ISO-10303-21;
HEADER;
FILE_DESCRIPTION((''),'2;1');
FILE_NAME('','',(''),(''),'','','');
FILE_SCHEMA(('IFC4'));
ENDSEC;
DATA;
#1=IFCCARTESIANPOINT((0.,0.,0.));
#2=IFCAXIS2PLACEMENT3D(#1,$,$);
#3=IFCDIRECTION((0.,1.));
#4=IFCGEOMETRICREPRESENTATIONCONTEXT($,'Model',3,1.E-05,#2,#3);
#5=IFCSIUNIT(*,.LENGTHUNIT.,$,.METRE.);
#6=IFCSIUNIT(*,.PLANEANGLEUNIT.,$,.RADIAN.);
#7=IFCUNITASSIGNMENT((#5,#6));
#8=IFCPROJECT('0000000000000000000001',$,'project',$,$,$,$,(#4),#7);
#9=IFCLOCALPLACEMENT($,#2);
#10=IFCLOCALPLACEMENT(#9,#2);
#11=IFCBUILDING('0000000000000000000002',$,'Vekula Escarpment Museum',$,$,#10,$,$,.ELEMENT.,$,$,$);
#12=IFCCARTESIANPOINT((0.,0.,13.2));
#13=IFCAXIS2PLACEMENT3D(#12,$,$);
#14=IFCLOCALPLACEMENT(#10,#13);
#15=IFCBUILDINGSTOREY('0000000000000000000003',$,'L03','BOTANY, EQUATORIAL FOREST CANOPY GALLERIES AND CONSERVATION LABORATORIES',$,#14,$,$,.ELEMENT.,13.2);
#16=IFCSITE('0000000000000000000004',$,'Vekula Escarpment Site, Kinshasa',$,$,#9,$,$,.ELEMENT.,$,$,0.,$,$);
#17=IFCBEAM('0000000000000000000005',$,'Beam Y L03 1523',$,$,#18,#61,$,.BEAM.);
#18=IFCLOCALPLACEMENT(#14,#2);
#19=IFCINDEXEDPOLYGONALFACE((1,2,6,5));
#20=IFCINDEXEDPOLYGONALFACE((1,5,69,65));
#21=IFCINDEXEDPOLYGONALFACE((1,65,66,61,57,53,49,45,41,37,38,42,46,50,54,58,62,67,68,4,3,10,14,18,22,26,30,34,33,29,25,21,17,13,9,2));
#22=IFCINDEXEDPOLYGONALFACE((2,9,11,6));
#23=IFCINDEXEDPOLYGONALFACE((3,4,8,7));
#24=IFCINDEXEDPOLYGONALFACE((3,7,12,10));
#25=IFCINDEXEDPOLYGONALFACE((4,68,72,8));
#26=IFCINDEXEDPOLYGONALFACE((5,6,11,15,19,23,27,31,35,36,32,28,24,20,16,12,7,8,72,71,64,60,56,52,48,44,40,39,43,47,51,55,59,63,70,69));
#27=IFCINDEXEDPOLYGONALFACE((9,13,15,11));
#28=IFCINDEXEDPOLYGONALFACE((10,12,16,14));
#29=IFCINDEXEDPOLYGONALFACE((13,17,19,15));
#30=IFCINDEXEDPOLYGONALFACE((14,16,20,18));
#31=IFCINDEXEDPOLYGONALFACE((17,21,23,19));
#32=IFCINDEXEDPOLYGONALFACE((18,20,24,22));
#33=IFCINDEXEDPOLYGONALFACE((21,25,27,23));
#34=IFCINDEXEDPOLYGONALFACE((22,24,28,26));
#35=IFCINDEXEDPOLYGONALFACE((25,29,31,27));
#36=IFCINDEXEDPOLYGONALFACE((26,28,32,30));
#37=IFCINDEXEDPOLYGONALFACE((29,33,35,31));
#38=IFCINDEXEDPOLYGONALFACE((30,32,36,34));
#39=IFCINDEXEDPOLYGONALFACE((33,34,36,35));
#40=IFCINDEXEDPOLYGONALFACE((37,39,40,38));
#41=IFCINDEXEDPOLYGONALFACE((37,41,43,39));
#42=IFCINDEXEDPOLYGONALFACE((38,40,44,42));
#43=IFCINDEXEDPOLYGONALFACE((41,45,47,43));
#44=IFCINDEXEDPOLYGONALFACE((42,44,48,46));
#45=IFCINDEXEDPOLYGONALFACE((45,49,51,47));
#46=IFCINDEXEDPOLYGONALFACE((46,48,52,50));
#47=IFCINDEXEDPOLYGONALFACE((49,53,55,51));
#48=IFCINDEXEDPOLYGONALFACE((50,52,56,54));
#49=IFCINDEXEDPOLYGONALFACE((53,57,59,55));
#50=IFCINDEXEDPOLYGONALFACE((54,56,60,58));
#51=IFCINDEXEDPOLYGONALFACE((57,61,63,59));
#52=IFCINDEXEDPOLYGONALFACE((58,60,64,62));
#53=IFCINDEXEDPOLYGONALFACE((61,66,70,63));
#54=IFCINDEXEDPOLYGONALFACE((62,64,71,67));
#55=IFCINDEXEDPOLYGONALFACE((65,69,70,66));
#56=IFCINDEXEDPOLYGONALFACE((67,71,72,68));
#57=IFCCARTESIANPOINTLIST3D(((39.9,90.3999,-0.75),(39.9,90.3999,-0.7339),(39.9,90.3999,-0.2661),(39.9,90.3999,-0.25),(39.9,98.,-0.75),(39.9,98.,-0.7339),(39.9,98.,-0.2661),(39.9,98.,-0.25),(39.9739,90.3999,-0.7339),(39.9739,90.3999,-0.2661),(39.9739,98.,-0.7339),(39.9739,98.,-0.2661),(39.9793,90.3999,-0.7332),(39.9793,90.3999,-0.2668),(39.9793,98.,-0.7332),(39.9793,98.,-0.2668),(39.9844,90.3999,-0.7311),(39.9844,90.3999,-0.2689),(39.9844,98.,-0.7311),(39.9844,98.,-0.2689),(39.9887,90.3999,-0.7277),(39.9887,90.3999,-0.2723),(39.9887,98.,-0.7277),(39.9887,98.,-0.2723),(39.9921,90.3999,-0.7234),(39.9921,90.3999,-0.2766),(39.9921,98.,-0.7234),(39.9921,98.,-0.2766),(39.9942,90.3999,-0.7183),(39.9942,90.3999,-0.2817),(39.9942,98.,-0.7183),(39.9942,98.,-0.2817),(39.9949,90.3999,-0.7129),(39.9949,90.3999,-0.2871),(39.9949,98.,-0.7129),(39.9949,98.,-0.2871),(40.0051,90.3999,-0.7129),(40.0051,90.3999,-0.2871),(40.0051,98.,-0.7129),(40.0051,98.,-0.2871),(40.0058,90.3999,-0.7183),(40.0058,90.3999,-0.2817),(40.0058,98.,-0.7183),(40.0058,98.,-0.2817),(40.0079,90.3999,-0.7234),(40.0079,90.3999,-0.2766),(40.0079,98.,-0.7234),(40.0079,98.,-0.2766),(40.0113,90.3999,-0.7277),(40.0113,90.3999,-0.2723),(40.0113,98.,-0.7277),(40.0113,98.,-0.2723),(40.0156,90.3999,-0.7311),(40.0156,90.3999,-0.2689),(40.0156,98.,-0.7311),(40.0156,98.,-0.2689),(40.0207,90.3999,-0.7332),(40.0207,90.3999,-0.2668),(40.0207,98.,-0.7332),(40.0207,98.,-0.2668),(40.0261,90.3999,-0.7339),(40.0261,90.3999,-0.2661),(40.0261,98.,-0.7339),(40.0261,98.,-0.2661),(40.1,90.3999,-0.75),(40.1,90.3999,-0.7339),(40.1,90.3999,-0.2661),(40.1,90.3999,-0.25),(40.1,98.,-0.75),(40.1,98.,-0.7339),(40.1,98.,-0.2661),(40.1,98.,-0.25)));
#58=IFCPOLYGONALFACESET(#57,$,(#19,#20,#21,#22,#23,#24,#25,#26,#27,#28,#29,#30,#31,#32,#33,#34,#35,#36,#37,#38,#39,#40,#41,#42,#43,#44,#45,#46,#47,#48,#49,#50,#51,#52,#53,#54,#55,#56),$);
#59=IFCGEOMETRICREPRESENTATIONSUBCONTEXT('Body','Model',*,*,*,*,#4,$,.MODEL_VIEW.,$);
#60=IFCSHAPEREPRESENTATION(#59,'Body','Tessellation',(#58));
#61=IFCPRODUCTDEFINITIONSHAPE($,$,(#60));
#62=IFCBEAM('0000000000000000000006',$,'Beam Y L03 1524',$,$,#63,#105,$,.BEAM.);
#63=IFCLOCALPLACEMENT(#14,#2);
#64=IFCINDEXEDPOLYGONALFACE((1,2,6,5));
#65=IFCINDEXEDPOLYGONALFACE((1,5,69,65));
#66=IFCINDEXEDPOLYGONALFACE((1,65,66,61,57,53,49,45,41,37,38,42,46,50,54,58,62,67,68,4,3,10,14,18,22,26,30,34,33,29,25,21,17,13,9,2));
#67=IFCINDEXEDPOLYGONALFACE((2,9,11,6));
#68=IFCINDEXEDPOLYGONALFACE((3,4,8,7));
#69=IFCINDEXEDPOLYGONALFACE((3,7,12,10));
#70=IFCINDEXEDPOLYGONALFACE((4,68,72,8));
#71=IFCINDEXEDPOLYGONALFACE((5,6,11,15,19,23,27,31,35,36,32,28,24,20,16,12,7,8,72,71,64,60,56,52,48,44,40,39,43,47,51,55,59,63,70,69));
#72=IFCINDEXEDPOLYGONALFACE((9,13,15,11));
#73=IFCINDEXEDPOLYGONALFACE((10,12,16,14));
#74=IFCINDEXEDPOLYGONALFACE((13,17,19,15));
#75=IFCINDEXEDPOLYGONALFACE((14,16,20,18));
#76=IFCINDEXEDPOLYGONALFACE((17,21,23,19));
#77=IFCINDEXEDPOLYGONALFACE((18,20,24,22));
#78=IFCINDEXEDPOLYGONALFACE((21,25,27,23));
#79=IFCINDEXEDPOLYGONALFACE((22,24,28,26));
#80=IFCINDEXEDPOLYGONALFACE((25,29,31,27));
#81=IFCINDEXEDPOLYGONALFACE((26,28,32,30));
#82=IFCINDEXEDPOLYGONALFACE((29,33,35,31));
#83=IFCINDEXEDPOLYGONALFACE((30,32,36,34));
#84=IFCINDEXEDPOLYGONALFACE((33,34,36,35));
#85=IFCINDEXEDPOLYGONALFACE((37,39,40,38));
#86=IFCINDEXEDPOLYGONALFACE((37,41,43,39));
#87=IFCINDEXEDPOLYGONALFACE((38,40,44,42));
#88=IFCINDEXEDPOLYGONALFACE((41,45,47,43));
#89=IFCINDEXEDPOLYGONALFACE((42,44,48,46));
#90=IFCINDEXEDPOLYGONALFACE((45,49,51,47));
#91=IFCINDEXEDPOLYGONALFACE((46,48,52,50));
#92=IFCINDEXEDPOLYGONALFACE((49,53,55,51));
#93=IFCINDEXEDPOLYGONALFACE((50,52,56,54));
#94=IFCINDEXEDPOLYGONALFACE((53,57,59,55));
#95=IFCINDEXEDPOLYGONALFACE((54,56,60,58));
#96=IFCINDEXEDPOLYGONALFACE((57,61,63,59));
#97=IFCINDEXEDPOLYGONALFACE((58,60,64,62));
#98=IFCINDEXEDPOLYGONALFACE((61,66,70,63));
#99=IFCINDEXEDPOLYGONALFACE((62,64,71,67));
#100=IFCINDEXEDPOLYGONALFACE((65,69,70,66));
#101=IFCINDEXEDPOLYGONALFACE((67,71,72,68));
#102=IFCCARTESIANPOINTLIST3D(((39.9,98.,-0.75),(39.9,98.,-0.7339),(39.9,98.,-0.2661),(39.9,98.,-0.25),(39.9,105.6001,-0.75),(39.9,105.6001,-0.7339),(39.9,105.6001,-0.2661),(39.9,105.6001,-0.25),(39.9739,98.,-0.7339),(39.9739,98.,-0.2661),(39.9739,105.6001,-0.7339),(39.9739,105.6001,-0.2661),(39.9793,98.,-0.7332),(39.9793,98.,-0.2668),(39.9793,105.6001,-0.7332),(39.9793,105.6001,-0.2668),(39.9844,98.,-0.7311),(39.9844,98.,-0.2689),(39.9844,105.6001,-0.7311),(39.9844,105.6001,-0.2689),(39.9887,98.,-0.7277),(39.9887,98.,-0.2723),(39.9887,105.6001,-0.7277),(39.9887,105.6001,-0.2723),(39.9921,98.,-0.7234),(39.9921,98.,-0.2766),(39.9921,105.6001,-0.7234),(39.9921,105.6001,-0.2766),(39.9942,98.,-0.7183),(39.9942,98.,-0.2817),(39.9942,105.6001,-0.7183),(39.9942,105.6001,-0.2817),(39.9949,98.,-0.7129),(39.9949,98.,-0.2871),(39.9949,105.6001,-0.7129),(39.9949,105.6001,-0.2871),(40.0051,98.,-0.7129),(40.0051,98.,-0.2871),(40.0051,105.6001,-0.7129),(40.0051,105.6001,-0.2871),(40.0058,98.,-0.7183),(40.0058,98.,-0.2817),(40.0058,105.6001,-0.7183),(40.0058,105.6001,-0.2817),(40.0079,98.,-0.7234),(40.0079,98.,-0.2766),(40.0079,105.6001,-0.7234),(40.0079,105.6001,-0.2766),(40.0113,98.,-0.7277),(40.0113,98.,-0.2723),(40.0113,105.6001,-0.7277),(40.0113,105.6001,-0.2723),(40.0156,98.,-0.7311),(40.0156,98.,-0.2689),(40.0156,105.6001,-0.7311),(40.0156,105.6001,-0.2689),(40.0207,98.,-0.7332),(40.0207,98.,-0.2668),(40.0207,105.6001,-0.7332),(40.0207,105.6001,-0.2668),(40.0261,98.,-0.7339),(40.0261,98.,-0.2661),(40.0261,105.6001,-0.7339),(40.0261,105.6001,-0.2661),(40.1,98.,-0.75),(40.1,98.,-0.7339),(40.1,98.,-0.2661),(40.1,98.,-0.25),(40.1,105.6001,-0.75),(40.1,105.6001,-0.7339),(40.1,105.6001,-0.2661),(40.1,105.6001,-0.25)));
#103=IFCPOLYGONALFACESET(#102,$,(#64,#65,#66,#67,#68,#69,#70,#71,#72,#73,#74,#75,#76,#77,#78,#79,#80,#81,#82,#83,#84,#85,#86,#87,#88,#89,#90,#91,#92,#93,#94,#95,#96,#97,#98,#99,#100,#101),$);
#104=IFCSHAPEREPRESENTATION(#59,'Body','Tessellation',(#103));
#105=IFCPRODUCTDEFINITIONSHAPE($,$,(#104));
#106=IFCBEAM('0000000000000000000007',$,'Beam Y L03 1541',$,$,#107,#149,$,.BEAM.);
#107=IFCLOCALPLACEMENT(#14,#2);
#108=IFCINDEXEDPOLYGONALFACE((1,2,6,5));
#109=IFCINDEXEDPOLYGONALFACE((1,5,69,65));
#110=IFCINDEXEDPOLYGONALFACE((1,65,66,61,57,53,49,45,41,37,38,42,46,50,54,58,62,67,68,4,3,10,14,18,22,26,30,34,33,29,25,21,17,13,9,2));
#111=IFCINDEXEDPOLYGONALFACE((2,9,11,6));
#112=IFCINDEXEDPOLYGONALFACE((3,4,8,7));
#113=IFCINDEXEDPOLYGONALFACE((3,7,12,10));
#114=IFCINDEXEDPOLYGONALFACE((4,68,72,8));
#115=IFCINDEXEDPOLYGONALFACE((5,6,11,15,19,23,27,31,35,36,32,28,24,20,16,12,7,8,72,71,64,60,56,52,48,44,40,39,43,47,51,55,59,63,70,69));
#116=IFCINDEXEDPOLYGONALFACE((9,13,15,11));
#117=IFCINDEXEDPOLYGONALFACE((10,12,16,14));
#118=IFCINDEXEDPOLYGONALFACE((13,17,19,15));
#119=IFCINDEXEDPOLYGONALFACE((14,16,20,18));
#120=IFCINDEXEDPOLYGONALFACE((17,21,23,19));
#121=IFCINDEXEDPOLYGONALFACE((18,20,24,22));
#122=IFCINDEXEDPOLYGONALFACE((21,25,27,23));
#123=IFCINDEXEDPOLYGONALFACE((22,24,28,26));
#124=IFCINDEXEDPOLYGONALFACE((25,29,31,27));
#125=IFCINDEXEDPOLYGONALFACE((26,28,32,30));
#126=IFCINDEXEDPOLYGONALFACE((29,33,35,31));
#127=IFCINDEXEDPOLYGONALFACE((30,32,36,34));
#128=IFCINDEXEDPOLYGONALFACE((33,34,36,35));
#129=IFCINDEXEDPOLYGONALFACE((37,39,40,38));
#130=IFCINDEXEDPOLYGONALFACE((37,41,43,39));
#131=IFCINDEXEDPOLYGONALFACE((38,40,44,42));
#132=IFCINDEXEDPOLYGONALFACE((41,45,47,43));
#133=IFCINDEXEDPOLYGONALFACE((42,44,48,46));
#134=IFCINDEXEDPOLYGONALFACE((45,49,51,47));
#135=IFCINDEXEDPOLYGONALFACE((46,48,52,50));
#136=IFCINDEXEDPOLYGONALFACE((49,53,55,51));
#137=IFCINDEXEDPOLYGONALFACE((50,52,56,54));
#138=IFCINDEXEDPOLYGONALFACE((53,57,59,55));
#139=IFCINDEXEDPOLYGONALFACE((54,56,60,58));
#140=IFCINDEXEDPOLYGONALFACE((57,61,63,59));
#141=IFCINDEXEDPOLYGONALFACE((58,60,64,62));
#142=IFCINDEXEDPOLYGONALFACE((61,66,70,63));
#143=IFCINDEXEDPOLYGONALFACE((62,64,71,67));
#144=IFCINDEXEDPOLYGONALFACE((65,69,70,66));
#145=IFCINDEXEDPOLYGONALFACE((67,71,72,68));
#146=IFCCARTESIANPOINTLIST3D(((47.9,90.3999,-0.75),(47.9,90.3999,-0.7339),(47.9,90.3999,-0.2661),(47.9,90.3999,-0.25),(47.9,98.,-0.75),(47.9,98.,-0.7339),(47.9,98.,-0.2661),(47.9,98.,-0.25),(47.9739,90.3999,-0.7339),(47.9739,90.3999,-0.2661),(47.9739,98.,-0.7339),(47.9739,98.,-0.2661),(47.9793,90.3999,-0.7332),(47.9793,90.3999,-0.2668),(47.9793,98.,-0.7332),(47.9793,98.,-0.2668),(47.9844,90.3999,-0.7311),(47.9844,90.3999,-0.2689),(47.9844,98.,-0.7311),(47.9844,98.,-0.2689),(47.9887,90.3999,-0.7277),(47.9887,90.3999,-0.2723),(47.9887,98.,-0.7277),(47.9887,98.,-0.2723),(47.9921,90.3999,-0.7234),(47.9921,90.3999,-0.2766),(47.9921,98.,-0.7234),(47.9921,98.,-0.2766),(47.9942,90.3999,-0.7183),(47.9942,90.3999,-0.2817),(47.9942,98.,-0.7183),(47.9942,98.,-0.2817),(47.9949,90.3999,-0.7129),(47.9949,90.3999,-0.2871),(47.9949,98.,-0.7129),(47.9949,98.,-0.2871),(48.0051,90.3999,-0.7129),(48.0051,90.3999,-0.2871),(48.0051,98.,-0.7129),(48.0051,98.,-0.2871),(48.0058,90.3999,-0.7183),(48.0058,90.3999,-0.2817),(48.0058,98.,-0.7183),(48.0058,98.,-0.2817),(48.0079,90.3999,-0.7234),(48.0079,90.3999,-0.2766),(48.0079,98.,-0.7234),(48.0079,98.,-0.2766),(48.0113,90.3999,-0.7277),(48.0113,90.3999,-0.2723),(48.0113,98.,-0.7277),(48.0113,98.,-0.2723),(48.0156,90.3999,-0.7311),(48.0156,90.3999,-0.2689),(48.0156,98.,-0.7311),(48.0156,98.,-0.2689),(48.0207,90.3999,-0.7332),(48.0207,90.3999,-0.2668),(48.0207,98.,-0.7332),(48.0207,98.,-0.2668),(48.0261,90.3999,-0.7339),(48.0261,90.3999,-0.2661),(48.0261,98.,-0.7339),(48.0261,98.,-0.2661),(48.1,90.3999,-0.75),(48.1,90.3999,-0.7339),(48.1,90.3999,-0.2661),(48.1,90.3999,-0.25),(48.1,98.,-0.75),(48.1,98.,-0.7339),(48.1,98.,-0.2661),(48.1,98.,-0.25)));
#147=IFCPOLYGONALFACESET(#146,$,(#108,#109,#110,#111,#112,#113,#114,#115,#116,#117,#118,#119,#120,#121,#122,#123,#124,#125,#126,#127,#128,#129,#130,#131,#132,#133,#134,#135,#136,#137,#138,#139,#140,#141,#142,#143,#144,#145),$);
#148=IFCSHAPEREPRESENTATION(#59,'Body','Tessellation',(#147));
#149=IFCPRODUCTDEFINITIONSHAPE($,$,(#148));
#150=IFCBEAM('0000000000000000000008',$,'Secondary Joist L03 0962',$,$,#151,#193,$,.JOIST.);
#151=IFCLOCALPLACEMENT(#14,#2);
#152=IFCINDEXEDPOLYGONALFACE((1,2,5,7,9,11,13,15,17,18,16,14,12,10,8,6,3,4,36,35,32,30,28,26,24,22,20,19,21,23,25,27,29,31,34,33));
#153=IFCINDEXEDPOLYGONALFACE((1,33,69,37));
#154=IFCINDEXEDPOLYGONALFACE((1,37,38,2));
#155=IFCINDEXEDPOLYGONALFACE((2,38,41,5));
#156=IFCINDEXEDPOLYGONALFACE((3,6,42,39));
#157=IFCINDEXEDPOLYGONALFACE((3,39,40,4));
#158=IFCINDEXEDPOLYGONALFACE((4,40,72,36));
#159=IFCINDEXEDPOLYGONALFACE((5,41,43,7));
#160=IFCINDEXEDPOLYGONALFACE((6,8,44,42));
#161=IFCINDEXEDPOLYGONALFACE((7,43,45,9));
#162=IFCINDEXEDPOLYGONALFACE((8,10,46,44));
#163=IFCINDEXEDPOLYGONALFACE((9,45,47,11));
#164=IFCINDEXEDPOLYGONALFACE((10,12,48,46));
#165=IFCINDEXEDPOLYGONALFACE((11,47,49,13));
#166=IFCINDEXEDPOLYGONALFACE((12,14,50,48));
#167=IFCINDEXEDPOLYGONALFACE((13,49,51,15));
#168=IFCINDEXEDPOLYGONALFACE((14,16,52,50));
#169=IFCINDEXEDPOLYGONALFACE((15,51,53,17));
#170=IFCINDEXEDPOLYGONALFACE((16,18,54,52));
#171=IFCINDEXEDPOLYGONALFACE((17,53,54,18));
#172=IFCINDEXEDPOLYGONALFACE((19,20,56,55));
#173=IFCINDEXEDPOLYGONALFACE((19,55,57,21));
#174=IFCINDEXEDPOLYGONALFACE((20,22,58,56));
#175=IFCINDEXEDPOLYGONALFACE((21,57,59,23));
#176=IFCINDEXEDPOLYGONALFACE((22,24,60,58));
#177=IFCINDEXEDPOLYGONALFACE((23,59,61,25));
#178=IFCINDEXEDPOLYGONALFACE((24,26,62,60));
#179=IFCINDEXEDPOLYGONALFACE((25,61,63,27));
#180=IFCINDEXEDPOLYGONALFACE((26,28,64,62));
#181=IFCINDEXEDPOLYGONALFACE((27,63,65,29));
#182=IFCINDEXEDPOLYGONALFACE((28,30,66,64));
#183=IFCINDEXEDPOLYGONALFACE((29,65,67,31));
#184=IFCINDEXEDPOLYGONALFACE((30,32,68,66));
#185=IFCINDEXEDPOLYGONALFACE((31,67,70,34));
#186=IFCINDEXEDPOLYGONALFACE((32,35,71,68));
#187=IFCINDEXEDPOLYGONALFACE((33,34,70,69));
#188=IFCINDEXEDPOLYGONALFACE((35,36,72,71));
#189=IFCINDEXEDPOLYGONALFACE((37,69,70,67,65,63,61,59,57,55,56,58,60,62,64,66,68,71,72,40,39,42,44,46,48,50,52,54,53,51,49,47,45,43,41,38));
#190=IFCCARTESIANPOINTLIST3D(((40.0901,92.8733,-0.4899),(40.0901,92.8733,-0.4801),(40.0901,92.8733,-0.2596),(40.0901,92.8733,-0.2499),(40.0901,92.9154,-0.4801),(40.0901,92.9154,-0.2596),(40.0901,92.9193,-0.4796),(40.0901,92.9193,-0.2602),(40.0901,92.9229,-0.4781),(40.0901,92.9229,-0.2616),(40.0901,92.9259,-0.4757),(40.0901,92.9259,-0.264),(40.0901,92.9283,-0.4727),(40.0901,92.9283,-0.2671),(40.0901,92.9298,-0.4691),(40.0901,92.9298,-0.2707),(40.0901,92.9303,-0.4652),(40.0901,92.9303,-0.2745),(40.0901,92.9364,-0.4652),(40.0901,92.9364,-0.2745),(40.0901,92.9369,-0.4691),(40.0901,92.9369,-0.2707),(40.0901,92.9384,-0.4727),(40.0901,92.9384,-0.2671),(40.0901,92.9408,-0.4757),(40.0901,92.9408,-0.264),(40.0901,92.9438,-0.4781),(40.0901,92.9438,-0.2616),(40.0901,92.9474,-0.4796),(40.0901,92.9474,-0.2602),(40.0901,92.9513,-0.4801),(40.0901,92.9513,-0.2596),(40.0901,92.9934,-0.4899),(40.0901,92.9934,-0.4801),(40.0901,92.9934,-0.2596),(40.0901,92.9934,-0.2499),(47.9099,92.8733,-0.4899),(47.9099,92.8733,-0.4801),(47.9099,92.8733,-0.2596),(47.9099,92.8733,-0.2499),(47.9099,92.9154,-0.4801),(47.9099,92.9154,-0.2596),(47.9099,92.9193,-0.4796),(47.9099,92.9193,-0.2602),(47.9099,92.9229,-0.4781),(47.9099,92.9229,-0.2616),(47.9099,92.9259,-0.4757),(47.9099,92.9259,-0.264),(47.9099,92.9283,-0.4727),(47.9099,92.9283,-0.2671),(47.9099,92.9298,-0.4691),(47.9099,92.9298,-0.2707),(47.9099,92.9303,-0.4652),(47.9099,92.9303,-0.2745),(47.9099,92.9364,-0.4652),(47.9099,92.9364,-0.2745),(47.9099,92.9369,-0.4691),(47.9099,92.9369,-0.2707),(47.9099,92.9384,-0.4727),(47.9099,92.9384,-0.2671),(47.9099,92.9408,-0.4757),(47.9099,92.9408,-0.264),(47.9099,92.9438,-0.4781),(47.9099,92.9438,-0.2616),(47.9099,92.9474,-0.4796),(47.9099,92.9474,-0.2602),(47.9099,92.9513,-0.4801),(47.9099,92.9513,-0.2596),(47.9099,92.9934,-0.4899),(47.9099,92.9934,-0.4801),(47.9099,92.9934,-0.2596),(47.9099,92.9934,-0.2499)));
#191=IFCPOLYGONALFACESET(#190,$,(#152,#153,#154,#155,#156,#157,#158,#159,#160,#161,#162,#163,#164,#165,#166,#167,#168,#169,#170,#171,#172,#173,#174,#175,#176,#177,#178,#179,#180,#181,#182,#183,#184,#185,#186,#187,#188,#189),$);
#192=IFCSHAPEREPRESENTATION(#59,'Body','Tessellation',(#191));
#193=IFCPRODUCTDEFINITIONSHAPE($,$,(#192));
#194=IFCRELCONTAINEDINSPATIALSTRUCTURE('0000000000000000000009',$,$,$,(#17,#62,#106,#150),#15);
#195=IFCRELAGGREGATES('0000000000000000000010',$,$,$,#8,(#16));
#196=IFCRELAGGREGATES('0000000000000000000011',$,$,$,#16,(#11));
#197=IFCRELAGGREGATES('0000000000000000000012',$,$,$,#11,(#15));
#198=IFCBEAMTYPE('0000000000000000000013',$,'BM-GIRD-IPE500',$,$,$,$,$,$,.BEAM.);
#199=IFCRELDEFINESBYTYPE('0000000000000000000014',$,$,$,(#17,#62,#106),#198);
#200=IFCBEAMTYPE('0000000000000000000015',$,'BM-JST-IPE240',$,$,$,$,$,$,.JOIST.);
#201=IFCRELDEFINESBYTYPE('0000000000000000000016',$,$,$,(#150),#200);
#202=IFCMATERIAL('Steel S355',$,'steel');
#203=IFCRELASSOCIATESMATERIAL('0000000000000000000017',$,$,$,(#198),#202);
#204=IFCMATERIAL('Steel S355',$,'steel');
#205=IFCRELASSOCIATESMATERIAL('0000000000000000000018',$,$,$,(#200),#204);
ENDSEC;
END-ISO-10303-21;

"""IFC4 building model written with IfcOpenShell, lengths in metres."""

from ifc_helpers import new_model, si_unit, direction, frame, origin, origin_2d, place, context, subcontext, project, spatial, i_section, extrude, material, material_profile, profile_set, type_object, element, save


model = new_model("IFC4")

# Units and contexts
model_context = context("Model", 3, precision=1e-05, world=origin(), true_north=direction((0.0, 1.0)))
body_context = subcontext(model_context, "Body", "Model", "MODEL_VIEW")
ifc_project = project(units=[si_unit("LENGTHUNIT", "METRE"), si_unit("PLANEANGLEUNIT", "RADIAN")], contexts=[model_context])

# Site, building, storey
site_placement = place(None, origin())
site = spatial("IfcSite", under=ifc_project, at=site_placement, Name="Vekula Escarpment Site, Kinshasa", CompositionType="ELEMENT", RefElevation=0.0)
building_placement = place(site_placement, origin())
building = spatial("IfcBuilding", under=site, at=building_placement, Name="Vekula Escarpment Museum", CompositionType="ELEMENT")
storey_placement = place(building_placement, frame((0.0, 0.0, 13.2)))
storey = spatial("IfcBuildingStorey", under=building, at=storey_placement, Name="L03", Description="BOTANY, EQUATORIAL FOREST CANOPY GALLERIES AND CONSERVATION LABORATORIES", CompositionType="ELEMENT", Elevation=13.2)

# Beams
ifc_material_1 = material(Name="Steel S355", Category="steel")
ifc_material_profile_1 = material_profile(ifc_material_1, i_section(OverallWidth=0.2, OverallDepth=0.5, WebThickness=0.0103, FlangeThickness=0.0161, FilletRadius=0.021, at=origin_2d()), Name="IPE 500")
ifc_profile_set_1 = profile_set([ifc_material_profile_1], Name="Steel S355")
beam_type_1 = type_object("IfcBeamType", Name="BM-GIRD-IPE500", PredefinedType="BEAM", material=ifc_profile_set_1)
for number, where, z_axis, x_axis, name in (
    (1, (40.0, 90.3999, -0.5), (0.0, 1.0, 0.0), (-1.0, 0.0, 0.0), "Beam Y L03 1523"),
    (2, (40.0, 98.0, -0.5), (0.0, 1.0, 0.0), (-1.0, 0.0, 0.0), "Beam Y L03 1524"),
    (3, (48.0, 90.3999, -0.5), (0.0, 1.0, 0.0), (-1.0, 0.0, 0.0), "Beam Y L03 1541"),
):
    element("IfcBeam", number, at=place(storey_placement, frame(where, z_axis=z_axis, x_axis=x_axis)), inside=storey, type_object=beam_type_1, Name=name, PredefinedType="BEAM", context=body_context, shape_type="SweptSolid", body=[
        extrude(i_section(OverallWidth=0.2, OverallDepth=0.5, WebThickness=0.0103, FlangeThickness=0.0161, FilletRadius=0.021, at=origin_2d()), origin(), (0.0, 0.0, 1.0), 7.6001),
    ])
ifc_material_2 = material(Name="Steel S355", Category="steel")
ifc_material_profile_2 = material_profile(ifc_material_2, i_section(OverallWidth=0.1201, OverallDepth=0.24, WebThickness=0.0061, FlangeThickness=0.0098, FilletRadius=0.0149, at=origin_2d()), Name="IPE 240")
ifc_profile_set_2 = profile_set([ifc_material_profile_2], Name="Steel S355")
beam_type_2 = type_object("IfcBeamType", Name="BM-JST-IPE240", PredefinedType="JOIST", material=ifc_profile_set_2)
for number, where, z_axis, x_axis, name in (
    (4, (40.0901, 92.9333, -0.3699), (1.0, 0.0, 0.0), (0.0, 1.0, 0.0), "Secondary Joist L03 0962"),
):
    element("IfcBeam", number, at=place(storey_placement, frame(where, z_axis=z_axis, x_axis=x_axis)), inside=storey, type_object=beam_type_2, Name=name, PredefinedType="JOIST", context=body_context, shape_type="SweptSolid", body=[
        extrude(i_section(OverallWidth=0.1201, OverallDepth=0.24, WebThickness=0.0061, FlangeThickness=0.0098, FilletRadius=0.0149, at=origin_2d()), origin(), (0.0, 0.0, 1.0), 7.8198),
    ])

save(model, "model.ifc")
